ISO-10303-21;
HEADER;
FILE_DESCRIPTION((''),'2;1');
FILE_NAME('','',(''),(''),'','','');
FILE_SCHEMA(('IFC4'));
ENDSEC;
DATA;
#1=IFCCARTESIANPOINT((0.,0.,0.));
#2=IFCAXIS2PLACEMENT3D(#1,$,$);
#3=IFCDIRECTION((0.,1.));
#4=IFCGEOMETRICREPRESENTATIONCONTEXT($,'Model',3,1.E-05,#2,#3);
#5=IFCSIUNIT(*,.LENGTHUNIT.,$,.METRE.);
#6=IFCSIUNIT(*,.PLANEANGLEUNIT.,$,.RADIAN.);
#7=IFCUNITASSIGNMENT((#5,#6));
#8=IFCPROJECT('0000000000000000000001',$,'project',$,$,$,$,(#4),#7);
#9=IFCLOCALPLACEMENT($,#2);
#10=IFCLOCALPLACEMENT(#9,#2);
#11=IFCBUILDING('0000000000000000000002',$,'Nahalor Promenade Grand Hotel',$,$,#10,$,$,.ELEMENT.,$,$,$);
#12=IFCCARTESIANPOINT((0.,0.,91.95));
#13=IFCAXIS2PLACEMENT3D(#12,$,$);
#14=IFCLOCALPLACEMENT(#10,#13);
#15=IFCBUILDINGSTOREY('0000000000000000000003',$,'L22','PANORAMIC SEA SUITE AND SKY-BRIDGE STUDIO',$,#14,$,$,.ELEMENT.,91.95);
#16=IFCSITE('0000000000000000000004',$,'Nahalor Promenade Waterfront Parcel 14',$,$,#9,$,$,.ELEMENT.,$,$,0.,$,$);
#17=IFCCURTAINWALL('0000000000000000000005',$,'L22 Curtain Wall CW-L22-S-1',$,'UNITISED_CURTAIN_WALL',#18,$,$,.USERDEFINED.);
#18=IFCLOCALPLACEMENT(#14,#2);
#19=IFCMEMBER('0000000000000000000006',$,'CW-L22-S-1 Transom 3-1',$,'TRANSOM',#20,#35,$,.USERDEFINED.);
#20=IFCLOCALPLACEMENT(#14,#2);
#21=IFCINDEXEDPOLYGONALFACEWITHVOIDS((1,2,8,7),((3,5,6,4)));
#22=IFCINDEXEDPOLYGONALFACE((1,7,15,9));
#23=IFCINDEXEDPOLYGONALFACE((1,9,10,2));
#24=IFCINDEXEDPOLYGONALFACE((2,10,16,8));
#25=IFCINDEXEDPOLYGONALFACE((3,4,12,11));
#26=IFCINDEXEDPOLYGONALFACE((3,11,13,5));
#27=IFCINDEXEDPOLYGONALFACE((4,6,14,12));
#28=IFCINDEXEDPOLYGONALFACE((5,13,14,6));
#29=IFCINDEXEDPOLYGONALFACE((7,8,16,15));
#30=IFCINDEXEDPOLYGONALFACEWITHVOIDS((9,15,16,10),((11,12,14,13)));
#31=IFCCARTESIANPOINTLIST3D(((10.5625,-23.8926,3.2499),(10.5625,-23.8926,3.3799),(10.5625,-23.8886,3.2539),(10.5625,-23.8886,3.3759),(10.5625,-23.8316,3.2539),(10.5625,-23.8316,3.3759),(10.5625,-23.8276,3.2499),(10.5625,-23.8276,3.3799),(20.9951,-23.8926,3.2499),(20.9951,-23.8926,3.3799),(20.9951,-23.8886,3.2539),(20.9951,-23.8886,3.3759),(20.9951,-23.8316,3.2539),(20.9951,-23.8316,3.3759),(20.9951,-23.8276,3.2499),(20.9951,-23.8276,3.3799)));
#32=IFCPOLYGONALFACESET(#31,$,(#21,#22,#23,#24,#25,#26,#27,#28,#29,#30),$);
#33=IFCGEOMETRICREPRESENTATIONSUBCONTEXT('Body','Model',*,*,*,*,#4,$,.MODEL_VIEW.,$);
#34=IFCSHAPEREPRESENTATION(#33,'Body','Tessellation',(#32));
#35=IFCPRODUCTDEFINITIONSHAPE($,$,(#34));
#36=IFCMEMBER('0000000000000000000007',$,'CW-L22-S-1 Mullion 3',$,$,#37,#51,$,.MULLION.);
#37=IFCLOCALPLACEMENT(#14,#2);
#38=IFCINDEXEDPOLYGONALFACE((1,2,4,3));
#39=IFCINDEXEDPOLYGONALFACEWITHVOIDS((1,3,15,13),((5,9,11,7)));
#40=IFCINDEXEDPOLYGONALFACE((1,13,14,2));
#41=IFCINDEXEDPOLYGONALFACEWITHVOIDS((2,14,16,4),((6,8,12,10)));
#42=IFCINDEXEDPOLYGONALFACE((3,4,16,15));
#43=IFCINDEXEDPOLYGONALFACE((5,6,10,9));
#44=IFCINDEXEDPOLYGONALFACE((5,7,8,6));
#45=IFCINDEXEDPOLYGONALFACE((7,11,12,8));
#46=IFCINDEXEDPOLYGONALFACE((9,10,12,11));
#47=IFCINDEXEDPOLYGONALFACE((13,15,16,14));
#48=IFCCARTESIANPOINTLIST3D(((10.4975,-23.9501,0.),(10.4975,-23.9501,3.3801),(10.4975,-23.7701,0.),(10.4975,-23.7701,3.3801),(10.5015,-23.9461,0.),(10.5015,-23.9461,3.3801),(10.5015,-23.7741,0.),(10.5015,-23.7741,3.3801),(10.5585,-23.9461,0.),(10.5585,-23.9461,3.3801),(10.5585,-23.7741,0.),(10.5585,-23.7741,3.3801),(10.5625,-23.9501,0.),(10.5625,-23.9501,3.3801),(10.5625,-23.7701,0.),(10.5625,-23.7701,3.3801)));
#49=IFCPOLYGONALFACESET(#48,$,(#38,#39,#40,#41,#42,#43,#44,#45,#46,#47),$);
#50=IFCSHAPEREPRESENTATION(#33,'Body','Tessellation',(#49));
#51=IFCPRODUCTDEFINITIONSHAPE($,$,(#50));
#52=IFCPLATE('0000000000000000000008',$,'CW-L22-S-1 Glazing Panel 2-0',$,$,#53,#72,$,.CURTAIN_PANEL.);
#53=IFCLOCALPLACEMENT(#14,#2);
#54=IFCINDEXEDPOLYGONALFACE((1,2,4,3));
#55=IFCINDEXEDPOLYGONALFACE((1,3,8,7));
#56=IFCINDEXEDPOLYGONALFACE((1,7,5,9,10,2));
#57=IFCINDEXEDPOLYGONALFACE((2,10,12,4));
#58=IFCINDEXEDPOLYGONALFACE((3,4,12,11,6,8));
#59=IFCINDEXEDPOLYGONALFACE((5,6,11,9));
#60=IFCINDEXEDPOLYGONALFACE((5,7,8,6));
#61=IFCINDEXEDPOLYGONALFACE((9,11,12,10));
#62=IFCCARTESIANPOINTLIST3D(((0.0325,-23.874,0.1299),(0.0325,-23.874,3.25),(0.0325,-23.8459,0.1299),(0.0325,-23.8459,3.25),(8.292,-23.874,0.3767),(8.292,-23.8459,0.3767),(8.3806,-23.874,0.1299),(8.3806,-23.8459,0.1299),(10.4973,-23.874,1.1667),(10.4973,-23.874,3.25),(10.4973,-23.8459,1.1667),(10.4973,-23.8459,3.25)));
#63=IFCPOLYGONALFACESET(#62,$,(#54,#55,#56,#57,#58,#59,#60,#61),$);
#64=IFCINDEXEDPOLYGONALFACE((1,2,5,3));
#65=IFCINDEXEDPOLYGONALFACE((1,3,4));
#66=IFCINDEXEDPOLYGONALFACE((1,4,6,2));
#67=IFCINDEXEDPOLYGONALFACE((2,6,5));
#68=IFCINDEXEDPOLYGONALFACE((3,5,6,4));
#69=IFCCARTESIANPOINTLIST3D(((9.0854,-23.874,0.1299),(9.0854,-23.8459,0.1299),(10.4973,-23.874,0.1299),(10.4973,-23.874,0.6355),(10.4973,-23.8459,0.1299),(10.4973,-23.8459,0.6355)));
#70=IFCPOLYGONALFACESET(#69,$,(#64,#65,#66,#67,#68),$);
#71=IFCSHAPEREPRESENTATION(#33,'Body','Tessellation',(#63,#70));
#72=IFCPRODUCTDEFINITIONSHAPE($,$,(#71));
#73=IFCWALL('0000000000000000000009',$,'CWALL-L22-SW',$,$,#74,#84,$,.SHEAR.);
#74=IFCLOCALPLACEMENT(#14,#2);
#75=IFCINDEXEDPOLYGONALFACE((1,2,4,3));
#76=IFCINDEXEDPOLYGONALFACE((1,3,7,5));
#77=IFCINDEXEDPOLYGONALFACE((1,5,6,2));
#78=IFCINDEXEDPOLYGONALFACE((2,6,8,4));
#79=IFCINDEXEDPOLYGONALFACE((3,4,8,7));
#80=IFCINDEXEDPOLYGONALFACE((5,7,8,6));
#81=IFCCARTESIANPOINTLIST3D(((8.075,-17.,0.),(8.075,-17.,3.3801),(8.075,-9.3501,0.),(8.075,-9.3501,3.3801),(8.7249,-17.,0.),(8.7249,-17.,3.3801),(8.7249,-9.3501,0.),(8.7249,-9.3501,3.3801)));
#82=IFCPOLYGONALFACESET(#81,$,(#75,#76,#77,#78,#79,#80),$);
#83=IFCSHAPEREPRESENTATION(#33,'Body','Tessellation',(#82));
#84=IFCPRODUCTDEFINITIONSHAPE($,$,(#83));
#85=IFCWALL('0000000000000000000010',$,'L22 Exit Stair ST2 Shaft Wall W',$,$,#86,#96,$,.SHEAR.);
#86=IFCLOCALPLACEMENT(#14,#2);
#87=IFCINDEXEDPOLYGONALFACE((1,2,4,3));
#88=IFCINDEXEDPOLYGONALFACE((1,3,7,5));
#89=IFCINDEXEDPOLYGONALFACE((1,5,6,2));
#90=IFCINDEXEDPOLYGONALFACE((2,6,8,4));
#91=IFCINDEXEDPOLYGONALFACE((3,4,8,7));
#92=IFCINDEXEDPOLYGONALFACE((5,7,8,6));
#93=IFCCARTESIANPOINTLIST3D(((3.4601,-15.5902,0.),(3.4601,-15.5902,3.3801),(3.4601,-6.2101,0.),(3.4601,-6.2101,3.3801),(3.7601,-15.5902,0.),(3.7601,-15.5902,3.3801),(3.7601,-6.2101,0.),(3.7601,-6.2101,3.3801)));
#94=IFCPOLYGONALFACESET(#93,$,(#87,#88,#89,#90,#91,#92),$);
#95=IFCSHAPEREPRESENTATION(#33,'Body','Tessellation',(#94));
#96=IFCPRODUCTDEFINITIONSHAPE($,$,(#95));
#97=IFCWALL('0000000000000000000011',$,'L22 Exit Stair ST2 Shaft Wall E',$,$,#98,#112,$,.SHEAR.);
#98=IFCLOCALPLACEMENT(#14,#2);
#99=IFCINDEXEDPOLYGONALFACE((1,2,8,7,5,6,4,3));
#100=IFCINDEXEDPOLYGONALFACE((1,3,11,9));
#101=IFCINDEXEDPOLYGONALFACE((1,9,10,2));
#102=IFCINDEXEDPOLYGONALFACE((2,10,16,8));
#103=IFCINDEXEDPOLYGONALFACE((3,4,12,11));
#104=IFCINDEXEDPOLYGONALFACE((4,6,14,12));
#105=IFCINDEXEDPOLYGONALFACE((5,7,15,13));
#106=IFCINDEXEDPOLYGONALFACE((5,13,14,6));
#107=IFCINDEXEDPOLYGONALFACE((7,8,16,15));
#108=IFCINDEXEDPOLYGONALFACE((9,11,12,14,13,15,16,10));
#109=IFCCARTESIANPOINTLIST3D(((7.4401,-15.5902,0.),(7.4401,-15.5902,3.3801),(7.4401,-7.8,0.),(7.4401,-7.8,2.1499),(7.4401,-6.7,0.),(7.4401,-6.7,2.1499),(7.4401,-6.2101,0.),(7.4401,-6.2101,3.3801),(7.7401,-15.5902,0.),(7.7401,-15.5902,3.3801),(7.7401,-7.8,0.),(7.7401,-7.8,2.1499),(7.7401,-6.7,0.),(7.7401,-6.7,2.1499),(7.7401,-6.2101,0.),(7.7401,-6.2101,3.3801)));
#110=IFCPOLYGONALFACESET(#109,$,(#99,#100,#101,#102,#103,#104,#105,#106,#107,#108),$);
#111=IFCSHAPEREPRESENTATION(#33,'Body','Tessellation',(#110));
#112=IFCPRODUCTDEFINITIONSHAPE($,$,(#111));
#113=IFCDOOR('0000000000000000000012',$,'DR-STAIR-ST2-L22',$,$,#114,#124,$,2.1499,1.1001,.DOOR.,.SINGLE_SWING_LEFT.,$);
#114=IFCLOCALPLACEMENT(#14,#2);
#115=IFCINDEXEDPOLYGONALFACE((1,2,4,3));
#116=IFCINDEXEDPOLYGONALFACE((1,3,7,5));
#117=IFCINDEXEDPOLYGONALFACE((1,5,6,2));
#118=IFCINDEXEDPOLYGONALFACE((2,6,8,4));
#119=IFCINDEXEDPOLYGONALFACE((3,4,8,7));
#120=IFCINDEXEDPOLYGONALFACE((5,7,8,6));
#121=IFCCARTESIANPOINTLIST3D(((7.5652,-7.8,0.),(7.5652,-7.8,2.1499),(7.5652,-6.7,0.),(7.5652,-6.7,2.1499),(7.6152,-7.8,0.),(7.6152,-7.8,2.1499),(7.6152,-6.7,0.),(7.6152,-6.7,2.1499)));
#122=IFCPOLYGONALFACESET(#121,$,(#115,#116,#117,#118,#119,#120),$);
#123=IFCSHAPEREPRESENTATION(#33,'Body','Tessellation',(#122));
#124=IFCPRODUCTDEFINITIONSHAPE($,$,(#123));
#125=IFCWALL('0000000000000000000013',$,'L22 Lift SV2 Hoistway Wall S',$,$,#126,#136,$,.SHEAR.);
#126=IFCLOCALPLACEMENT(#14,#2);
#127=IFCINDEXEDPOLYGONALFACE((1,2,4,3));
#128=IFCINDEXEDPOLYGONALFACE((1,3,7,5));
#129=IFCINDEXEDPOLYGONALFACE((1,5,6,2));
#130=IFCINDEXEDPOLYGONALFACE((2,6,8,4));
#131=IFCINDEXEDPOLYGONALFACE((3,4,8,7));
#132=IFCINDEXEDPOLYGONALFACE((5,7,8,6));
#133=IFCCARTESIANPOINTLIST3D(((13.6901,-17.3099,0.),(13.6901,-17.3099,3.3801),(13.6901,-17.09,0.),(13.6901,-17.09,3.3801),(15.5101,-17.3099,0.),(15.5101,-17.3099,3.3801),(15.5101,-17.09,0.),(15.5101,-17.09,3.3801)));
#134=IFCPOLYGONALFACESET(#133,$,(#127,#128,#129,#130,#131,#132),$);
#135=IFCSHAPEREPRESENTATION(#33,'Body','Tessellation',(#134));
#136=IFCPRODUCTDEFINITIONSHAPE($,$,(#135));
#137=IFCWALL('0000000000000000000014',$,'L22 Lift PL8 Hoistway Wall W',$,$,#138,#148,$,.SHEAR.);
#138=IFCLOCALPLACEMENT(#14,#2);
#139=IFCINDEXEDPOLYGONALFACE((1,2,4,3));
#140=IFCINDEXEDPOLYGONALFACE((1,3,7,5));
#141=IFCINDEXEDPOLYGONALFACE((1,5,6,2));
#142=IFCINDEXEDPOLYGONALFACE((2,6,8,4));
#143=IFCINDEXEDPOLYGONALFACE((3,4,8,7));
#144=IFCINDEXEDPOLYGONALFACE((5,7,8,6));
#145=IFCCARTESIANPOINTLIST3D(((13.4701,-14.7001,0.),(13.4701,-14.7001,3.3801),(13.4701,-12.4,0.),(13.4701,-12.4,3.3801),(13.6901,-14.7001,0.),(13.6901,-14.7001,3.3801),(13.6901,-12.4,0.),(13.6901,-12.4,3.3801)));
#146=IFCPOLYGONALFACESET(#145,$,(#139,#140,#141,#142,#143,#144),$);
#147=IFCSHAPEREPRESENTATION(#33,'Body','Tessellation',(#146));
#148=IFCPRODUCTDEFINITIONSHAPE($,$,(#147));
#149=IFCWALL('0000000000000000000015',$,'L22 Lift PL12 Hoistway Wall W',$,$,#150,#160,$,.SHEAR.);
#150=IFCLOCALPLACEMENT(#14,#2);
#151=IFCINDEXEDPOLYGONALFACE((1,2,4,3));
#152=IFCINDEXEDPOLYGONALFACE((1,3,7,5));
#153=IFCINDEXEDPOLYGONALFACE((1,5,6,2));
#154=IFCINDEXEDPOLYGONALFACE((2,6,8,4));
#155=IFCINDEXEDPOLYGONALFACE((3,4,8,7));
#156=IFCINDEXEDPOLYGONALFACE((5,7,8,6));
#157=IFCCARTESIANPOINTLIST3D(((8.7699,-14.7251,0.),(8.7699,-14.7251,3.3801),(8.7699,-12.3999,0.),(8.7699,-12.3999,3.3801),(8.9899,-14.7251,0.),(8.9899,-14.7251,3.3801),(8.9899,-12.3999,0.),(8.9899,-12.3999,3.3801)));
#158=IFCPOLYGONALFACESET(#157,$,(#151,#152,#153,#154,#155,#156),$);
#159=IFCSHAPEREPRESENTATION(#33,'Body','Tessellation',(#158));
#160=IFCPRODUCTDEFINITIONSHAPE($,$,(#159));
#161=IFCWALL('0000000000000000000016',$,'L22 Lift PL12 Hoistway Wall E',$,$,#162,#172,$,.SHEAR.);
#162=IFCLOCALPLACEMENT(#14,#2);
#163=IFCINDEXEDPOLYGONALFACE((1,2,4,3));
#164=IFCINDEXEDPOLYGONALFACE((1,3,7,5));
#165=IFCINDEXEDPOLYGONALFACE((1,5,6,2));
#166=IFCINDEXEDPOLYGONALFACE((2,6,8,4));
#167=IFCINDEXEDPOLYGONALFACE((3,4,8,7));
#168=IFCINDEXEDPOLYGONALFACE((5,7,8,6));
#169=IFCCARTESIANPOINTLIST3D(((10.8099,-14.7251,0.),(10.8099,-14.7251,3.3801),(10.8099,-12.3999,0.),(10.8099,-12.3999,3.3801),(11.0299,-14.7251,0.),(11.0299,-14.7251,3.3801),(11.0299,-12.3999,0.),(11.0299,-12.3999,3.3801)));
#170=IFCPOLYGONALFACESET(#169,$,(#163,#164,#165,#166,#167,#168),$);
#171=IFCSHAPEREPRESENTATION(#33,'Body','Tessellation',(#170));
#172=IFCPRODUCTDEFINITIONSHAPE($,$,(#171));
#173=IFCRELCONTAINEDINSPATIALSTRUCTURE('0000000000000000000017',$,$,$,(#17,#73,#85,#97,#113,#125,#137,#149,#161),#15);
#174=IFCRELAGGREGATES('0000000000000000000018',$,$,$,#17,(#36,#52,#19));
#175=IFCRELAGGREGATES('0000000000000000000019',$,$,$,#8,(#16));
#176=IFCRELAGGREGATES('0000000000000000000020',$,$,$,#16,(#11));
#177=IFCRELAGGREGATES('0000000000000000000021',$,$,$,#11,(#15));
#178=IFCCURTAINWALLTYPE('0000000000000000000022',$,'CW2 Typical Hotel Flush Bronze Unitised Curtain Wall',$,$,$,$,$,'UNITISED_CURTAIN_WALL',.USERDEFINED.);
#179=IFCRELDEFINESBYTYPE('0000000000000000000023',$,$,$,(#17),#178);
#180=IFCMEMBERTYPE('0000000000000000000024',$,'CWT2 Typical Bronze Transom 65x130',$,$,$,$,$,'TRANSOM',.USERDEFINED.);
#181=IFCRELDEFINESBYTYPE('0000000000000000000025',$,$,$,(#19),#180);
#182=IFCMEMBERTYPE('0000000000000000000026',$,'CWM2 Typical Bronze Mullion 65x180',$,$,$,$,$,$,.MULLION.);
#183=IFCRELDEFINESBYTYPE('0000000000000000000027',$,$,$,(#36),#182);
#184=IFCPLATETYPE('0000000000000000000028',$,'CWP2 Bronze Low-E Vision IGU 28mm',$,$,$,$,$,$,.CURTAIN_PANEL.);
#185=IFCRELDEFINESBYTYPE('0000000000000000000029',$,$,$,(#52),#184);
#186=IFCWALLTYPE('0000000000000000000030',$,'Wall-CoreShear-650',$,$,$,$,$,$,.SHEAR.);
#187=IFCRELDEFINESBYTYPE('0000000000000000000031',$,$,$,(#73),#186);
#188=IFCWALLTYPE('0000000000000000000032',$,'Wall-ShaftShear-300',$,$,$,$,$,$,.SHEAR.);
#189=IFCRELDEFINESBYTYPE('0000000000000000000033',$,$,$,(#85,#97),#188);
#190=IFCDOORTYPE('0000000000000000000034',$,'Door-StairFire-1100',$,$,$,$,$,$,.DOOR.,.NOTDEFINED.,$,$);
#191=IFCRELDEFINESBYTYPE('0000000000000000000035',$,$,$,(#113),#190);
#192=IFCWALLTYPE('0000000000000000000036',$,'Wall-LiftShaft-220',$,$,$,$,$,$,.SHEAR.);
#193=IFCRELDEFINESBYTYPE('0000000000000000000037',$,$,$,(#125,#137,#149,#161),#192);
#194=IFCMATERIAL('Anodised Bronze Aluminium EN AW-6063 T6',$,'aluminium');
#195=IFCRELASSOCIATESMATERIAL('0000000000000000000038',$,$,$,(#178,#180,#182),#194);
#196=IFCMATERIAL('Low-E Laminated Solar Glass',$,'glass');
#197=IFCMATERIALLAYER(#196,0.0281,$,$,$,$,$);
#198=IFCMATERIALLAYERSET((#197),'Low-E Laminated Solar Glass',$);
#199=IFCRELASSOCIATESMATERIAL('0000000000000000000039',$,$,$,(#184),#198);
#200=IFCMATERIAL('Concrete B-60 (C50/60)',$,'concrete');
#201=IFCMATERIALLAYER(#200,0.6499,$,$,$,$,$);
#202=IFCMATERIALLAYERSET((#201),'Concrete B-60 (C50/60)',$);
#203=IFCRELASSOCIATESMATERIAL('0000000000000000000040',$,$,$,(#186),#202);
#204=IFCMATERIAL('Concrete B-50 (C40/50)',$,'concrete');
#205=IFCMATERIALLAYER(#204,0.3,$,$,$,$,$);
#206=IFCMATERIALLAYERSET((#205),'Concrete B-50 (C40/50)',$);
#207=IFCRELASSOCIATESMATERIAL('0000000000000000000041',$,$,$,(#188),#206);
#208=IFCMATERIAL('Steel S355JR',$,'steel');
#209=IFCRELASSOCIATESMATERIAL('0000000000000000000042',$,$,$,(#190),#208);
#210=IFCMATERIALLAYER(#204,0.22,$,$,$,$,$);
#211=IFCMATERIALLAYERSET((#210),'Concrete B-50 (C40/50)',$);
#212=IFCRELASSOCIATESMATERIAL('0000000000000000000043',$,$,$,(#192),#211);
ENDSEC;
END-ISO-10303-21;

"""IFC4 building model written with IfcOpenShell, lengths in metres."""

from ifc_helpers import new_model, si_unit, direction, frame, frame_2d, origin, origin_2d, place, context, subcontext, project, spatial, polyline, rectangle, hollow_rectangle, outline, extrude, source, transform, mapped, material, layer, layer_set, material_profile, profile_set, type_object, element, fill, aggregate, save


model = new_model("IFC4")

# Units and contexts
model_context = context("Model", 3, precision=1e-05, world=origin(), true_north=direction((0.0, 1.0)))
body_context = subcontext(model_context, "Body", "Model", "MODEL_VIEW")
ifc_project = project(units=[si_unit("LENGTHUNIT", "METRE"), si_unit("PLANEANGLEUNIT", "RADIAN")], contexts=[model_context])

# Site, building, storey
site_placement = place(None, origin())
site = spatial("IfcSite", under=ifc_project, at=site_placement, Name="Nahalor Promenade Waterfront Parcel 14", CompositionType="ELEMENT", RefElevation=0.0)
building_placement = place(site_placement, origin())
building = spatial("IfcBuilding", under=site, at=building_placement, Name="Nahalor Promenade Grand Hotel", CompositionType="ELEMENT")
storey_placement = place(building_placement, frame((0.0, 0.0, 91.95)))
storey = spatial("IfcBuildingStorey", under=building, at=storey_placement, Name="L22", Description="PANORAMIC SEA SUITE AND SKY-BRIDGE STUDIO", CompositionType="ELEMENT", Elevation=91.95)

# Shared definitions
ifc_material_1 = material(Name="Concrete B-60 (C50/60)", Category="concrete")

# Shared definitions
ifc_material_2 = material(Name="Steel S355JR", Category="steel")

# Curtain wall, members, plate
ifc_material_3 = material(Name="Anodised Bronze Aluminium EN AW-6063 T6", Category="aluminium")
curtain_wall_type = type_object("IfcCurtainWallType", Name="CW2 Typical Hotel Flush Bronze Unitised Curtain Wall", ElementType="UNITISED_CURTAIN_WALL", PredefinedType="USERDEFINED", material=ifc_material_3)
curtain_wall_placement = place(storey_placement, origin())
curtain_wall = element("IfcCurtainWall", 1, at=curtain_wall_placement, inside=storey, type_object=curtain_wall_type, Name="L22 Curtain Wall CW-L22-S-1", ObjectType="UNITISED_CURTAIN_WALL", PredefinedType="USERDEFINED")
ifc_material_profile_1 = material_profile(ifc_material_3, hollow_rectangle(XDim=0.065, YDim=0.13, WallThickness=0.004, at=origin_2d()), Name="CWT 65x130x4")
ifc_profile_set_1 = profile_set([ifc_material_profile_1], Name="Anodised Bronze Aluminium EN AW-6063 T6")
member_type_1 = type_object("IfcMemberType", Name="CWT2 Typical Bronze Transom 65x130", ElementType="TRANSOM", PredefinedType="USERDEFINED", material=ifc_profile_set_1)
shared_shape_1 = source(origin(), body_context, "Body", "SweptSolid", [
    extrude(hollow_rectangle(XDim=0.065, YDim=0.13, WallThickness=0.004, at=origin_2d()), origin(), (0.0, 0.0, 1.0), 10.4326),
])
member_1_placement = place(storey_placement, frame((10.5625, -23.8601, 3.3149), z_axis=(1.0, 0.0, 0.0), x_axis=(0.0, 1.0, 0.0)))
member_1 = element("IfcMember", 2, at=member_1_placement, type_object=member_type_1, Name="CW-L22-S-1 Transom 3-1", ObjectType="TRANSOM", PredefinedType="USERDEFINED", context=body_context, shape_type="MappedRepresentation", body=[
    mapped(shared_shape_1, transform((0.0, 0.0, 0.0), scale=1.0)),
])
ifc_material_profile_2 = material_profile(ifc_material_3, hollow_rectangle(XDim=0.065, YDim=0.18, WallThickness=0.004, at=origin_2d()), Name="CWM 65x180x4")
ifc_profile_set_2 = profile_set([ifc_material_profile_2], Name="Anodised Bronze Aluminium EN AW-6063 T6")
member_type_2 = type_object("IfcMemberType", Name="CWM2 Typical Bronze Mullion 65x180", PredefinedType="MULLION", material=ifc_profile_set_2)
shared_shape_2 = source(origin(), body_context, "Body", "SweptSolid", [
    extrude(hollow_rectangle(XDim=0.065, YDim=0.18, WallThickness=0.004, at=origin_2d()), origin(), (0.0, 0.0, 1.0), 3.3801),
])
member_2_placement = place(storey_placement, frame((10.53, -23.8601, 0.0), z_axis=(0.0, 0.0, 1.0), x_axis=(1.0, 0.0, 0.0)))
member_2 = element("IfcMember", 3, at=member_2_placement, type_object=member_type_2, Name="CW-L22-S-1 Mullion 3", PredefinedType="MULLION", context=body_context, shape_type="MappedRepresentation", body=[
    mapped(shared_shape_2, transform((0.0, 0.0, 0.0), scale=1.0)),
])
ifc_material_4 = material(Name="Low-E Laminated Solar Glass", Category="glass")
ifc_layer_1 = layer(ifc_material_4, 0.0281)
ifc_layer_set_1 = layer_set([ifc_layer_1], Name="Low-E Laminated Solar Glass")
plate_type = type_object("IfcPlateType", Name="CWP2 Bronze Low-E Vision IGU 28mm", PredefinedType="CURTAIN_PANEL", material=ifc_layer_set_1)
plate_placement = place(storey_placement, frame((5.2649, -23.8601, 0.1299), z_axis=(0.0, 0.0, 1.0), x_axis=(1.0, 0.0, 0.0)))
plate = element("IfcPlate", 4, at=plate_placement, type_object=plate_type, Name="CW-L22-S-1 Glazing Panel 2-0", PredefinedType="CURTAIN_PANEL", context=body_context, shape_type="SweptSolid", body=[
    extrude(outline(polyline([(-5.2324, 3.1201), (-5.2324, 0.0), (3.1157, 0.0), (3.0271, 0.2468), (5.2324, 1.0369), (5.2324, 3.1201), (-5.2324, 3.1201)])), frame((0.0, 0.0142, 0.0), z_axis=(0.0, -1.0, 0.0), x_axis=(1.0, 0.0, 0.0)), (0.0, 0.0, 1.0), 0.0281),
    extrude(outline(polyline([(3.8206, 0.0), (5.2324, 0.0), (5.2324, 0.5056), (3.8206, 0.0)])), frame((0.0, 0.0142, 0.0), z_axis=(0.0, -1.0, 0.0), x_axis=(1.0, 0.0, 0.0)), (0.0, 0.0, 1.0), 0.0281),
])
aggregate(curtain_wall, [member_2, plate, member_1])

# Walls
ifc_layer_2 = layer(ifc_material_1, 0.6499)
ifc_layer_set_2 = layer_set([ifc_layer_2], Name="Concrete B-60 (C50/60)")
wall_type_1 = type_object("IfcWallType", Name="Wall-CoreShear-650", PredefinedType="SHEAR", material=ifc_layer_set_2)
shared_shape_3 = source(origin(), body_context, "Body", "SweptSolid", [
    extrude(rectangle(XDim=7.6499, YDim=0.6499, at=frame_2d((3.825, 0.0))), origin(), (0.0, 0.0, 1.0), 3.3801),
])
wall_1_placement = place(storey_placement, frame((8.3999, -17.0, 0.0), z_axis=(0.0, 0.0, 1.0), x_axis=(0.0, 1.0, 0.0)))
element("IfcWall", 5, at=wall_1_placement, inside=storey, type_object=wall_type_1, Name="CWALL-L22-SW", PredefinedType="SHEAR", context=body_context, shape_type="MappedRepresentation", body=[
    mapped(shared_shape_3, transform((0.0, 0.0, 0.0), scale=1.0)),
])
ifc_material_5 = material(Name="Concrete B-50 (C40/50)", Category="concrete")
ifc_layer_3 = layer(ifc_material_5, 0.3)
ifc_layer_set_3 = layer_set([ifc_layer_3], Name="Concrete B-50 (C40/50)")
wall_type_2 = type_object("IfcWallType", Name="Wall-ShaftShear-300", PredefinedType="SHEAR", material=ifc_layer_set_3)
shared_shape_4 = source(origin(), body_context, "Body", "SweptSolid", [
    extrude(rectangle(XDim=9.3801, YDim=0.3, at=frame_2d((4.6899, 0.0))), origin(), (0.0, 0.0, 1.0), 3.3801),
])
wall_2_placement = place(storey_placement, frame((3.6101, -15.5901, 0.0), z_axis=(0.0, 0.0, 1.0), x_axis=(0.0, 1.0, 0.0)))
element("IfcWall", 6, at=wall_2_placement, inside=storey, type_object=wall_type_2, Name="L22 Exit Stair ST2 Shaft Wall W", PredefinedType="SHEAR", context=body_context, shape_type="MappedRepresentation", body=[
    mapped(shared_shape_4, transform((0.0, 0.0, 0.0), scale=1.0)),
])

# Wall, opening, door
wall_3_placement = place(storey_placement, frame((7.5901, -15.5901, 0.0), z_axis=(0.0, 0.0, 1.0), x_axis=(0.0, 1.0, 0.0)))
wall_3 = element("IfcWall", 7, at=wall_3_placement, inside=storey, type_object=wall_type_2, Name="L22 Exit Stair ST2 Shaft Wall E", PredefinedType="SHEAR", context=body_context, shape_type="MappedRepresentation", body=[
    mapped(shared_shape_4, transform((0.0, 0.0, 0.0), scale=1.0)),
])
opening_1_placement = place(wall_3_placement, frame((7.79, 0.0, 0.0)))
opening_1 = element("IfcOpeningElement", 8, at=opening_1_placement, cuts=wall_3, PredefinedType="OPENING", context=body_context, shape_type="SweptSolid", body=[
    extrude(rectangle(XDim=1.1001, YDim=2.1499, at=frame_2d((0.55, 1.075))), frame((0.0, 0.1599, 0.0), z_axis=(0.0, -1.0, 0.0), x_axis=(1.0, 0.0, 0.0)), (0.0, 0.0, 1.0), 0.3201),
])
door_type_1 = type_object("IfcDoorType", Name="Door-StairFire-1100", OperationType="NOTDEFINED", PredefinedType="DOOR", material=ifc_material_2)
shared_shape_5 = source(origin(), body_context, "Body", "SweptSolid", [
    extrude(rectangle(XDim=1.1001, YDim=2.1499, at=frame_2d((0.55, 1.075))), frame((0.0, 0.0249, 0.0), z_axis=(0.0, -1.0, 0.0), x_axis=(1.0, 0.0, 0.0)), (0.0, 0.0, 1.0), 0.05),
])
door_1_placement = place(opening_1_placement, origin())
door_1 = element("IfcDoor", 9, at=door_1_placement, inside=storey, type_object=door_type_1, Name="DR-STAIR-ST2-L22", OperationType="SINGLE_SWING_LEFT", OverallHeight=2.1499, OverallWidth=1.1001, PredefinedType="DOOR", context=body_context, shape_type="MappedRepresentation", body=[
    mapped(shared_shape_5, transform((0.0, 0.0, 0.0), scale=1.0)),
])
fill(opening_1, door_1)

# Walls
ifc_layer_4 = layer(ifc_material_5, 0.22)
ifc_layer_set_4 = layer_set([ifc_layer_4], Name="Concrete B-50 (C40/50)")
wall_type_3 = type_object("IfcWallType", Name="Wall-LiftShaft-220", PredefinedType="SHEAR", material=ifc_layer_set_4)
shared_shape_6 = source(origin(), body_context, "Body", "SweptSolid", [
    extrude(rectangle(XDim=1.8201, YDim=0.22, at=frame_2d((0.9102, 0.0))), origin(), (0.0, 0.0, 1.0), 3.3801),
])
wall_4_placement = place(storey_placement, frame((13.6899, -17.2, 0.0), z_axis=(0.0, 0.0, 1.0), x_axis=(1.0, 0.0, 0.0)))
element("IfcWall", 10, at=wall_4_placement, inside=storey, type_object=wall_type_3, Name="L22 Lift SV2 Hoistway Wall S", PredefinedType="SHEAR", context=body_context, shape_type="MappedRepresentation", body=[
    mapped(shared_shape_6, transform((0.0, 0.0, 0.0), scale=1.0)),
])
shared_shape_7 = source(origin(), body_context, "Body", "SweptSolid", [
    extrude(rectangle(XDim=2.3, YDim=0.22, at=frame_2d((1.1499, 0.0))), origin(), (0.0, 0.0, 1.0), 3.3801),
])
wall_5_placement = place(storey_placement, frame((13.5801, -14.7, 0.0), z_axis=(0.0, 0.0, 1.0), x_axis=(0.0, 1.0, 0.0)))
element("IfcWall", 11, at=wall_5_placement, inside=storey, type_object=wall_type_3, Name="L22 Lift PL8 Hoistway Wall W", PredefinedType="SHEAR", context=body_context, shape_type="MappedRepresentation", body=[
    mapped(shared_shape_7, transform((0.0, 0.0, 0.0), scale=1.0)),
])
shared_shape_8 = source(origin(), body_context, "Body", "SweptSolid", [
    extrude(rectangle(XDim=2.3252, YDim=0.22, at=frame_2d((1.1626, 0.0))), origin(), (0.0, 0.0, 1.0), 3.3801),
])
for number, where, z_axis, x_axis, name in (
    (12, (8.8799, -14.7251, 0.0), (0.0, 0.0, 1.0), (0.0, 1.0, 0.0), "L22 Lift PL12 Hoistway Wall W"),
    (13, (10.9199, -14.7251, 0.0), (0.0, 0.0, 1.0), (0.0, 1.0, 0.0), "L22 Lift PL12 Hoistway Wall E"),
):
    element("IfcWall", number, at=place(storey_placement, frame(where, z_axis=z_axis, x_axis=x_axis)), inside=storey, type_object=wall_type_3, Name=name, PredefinedType="SHEAR", context=body_context, shape_type="MappedRepresentation", body=[
        mapped(shared_shape_8, transform((0.0, 0.0, 0.0), scale=1.0)),
    ])

save(model, "model.ifc")
